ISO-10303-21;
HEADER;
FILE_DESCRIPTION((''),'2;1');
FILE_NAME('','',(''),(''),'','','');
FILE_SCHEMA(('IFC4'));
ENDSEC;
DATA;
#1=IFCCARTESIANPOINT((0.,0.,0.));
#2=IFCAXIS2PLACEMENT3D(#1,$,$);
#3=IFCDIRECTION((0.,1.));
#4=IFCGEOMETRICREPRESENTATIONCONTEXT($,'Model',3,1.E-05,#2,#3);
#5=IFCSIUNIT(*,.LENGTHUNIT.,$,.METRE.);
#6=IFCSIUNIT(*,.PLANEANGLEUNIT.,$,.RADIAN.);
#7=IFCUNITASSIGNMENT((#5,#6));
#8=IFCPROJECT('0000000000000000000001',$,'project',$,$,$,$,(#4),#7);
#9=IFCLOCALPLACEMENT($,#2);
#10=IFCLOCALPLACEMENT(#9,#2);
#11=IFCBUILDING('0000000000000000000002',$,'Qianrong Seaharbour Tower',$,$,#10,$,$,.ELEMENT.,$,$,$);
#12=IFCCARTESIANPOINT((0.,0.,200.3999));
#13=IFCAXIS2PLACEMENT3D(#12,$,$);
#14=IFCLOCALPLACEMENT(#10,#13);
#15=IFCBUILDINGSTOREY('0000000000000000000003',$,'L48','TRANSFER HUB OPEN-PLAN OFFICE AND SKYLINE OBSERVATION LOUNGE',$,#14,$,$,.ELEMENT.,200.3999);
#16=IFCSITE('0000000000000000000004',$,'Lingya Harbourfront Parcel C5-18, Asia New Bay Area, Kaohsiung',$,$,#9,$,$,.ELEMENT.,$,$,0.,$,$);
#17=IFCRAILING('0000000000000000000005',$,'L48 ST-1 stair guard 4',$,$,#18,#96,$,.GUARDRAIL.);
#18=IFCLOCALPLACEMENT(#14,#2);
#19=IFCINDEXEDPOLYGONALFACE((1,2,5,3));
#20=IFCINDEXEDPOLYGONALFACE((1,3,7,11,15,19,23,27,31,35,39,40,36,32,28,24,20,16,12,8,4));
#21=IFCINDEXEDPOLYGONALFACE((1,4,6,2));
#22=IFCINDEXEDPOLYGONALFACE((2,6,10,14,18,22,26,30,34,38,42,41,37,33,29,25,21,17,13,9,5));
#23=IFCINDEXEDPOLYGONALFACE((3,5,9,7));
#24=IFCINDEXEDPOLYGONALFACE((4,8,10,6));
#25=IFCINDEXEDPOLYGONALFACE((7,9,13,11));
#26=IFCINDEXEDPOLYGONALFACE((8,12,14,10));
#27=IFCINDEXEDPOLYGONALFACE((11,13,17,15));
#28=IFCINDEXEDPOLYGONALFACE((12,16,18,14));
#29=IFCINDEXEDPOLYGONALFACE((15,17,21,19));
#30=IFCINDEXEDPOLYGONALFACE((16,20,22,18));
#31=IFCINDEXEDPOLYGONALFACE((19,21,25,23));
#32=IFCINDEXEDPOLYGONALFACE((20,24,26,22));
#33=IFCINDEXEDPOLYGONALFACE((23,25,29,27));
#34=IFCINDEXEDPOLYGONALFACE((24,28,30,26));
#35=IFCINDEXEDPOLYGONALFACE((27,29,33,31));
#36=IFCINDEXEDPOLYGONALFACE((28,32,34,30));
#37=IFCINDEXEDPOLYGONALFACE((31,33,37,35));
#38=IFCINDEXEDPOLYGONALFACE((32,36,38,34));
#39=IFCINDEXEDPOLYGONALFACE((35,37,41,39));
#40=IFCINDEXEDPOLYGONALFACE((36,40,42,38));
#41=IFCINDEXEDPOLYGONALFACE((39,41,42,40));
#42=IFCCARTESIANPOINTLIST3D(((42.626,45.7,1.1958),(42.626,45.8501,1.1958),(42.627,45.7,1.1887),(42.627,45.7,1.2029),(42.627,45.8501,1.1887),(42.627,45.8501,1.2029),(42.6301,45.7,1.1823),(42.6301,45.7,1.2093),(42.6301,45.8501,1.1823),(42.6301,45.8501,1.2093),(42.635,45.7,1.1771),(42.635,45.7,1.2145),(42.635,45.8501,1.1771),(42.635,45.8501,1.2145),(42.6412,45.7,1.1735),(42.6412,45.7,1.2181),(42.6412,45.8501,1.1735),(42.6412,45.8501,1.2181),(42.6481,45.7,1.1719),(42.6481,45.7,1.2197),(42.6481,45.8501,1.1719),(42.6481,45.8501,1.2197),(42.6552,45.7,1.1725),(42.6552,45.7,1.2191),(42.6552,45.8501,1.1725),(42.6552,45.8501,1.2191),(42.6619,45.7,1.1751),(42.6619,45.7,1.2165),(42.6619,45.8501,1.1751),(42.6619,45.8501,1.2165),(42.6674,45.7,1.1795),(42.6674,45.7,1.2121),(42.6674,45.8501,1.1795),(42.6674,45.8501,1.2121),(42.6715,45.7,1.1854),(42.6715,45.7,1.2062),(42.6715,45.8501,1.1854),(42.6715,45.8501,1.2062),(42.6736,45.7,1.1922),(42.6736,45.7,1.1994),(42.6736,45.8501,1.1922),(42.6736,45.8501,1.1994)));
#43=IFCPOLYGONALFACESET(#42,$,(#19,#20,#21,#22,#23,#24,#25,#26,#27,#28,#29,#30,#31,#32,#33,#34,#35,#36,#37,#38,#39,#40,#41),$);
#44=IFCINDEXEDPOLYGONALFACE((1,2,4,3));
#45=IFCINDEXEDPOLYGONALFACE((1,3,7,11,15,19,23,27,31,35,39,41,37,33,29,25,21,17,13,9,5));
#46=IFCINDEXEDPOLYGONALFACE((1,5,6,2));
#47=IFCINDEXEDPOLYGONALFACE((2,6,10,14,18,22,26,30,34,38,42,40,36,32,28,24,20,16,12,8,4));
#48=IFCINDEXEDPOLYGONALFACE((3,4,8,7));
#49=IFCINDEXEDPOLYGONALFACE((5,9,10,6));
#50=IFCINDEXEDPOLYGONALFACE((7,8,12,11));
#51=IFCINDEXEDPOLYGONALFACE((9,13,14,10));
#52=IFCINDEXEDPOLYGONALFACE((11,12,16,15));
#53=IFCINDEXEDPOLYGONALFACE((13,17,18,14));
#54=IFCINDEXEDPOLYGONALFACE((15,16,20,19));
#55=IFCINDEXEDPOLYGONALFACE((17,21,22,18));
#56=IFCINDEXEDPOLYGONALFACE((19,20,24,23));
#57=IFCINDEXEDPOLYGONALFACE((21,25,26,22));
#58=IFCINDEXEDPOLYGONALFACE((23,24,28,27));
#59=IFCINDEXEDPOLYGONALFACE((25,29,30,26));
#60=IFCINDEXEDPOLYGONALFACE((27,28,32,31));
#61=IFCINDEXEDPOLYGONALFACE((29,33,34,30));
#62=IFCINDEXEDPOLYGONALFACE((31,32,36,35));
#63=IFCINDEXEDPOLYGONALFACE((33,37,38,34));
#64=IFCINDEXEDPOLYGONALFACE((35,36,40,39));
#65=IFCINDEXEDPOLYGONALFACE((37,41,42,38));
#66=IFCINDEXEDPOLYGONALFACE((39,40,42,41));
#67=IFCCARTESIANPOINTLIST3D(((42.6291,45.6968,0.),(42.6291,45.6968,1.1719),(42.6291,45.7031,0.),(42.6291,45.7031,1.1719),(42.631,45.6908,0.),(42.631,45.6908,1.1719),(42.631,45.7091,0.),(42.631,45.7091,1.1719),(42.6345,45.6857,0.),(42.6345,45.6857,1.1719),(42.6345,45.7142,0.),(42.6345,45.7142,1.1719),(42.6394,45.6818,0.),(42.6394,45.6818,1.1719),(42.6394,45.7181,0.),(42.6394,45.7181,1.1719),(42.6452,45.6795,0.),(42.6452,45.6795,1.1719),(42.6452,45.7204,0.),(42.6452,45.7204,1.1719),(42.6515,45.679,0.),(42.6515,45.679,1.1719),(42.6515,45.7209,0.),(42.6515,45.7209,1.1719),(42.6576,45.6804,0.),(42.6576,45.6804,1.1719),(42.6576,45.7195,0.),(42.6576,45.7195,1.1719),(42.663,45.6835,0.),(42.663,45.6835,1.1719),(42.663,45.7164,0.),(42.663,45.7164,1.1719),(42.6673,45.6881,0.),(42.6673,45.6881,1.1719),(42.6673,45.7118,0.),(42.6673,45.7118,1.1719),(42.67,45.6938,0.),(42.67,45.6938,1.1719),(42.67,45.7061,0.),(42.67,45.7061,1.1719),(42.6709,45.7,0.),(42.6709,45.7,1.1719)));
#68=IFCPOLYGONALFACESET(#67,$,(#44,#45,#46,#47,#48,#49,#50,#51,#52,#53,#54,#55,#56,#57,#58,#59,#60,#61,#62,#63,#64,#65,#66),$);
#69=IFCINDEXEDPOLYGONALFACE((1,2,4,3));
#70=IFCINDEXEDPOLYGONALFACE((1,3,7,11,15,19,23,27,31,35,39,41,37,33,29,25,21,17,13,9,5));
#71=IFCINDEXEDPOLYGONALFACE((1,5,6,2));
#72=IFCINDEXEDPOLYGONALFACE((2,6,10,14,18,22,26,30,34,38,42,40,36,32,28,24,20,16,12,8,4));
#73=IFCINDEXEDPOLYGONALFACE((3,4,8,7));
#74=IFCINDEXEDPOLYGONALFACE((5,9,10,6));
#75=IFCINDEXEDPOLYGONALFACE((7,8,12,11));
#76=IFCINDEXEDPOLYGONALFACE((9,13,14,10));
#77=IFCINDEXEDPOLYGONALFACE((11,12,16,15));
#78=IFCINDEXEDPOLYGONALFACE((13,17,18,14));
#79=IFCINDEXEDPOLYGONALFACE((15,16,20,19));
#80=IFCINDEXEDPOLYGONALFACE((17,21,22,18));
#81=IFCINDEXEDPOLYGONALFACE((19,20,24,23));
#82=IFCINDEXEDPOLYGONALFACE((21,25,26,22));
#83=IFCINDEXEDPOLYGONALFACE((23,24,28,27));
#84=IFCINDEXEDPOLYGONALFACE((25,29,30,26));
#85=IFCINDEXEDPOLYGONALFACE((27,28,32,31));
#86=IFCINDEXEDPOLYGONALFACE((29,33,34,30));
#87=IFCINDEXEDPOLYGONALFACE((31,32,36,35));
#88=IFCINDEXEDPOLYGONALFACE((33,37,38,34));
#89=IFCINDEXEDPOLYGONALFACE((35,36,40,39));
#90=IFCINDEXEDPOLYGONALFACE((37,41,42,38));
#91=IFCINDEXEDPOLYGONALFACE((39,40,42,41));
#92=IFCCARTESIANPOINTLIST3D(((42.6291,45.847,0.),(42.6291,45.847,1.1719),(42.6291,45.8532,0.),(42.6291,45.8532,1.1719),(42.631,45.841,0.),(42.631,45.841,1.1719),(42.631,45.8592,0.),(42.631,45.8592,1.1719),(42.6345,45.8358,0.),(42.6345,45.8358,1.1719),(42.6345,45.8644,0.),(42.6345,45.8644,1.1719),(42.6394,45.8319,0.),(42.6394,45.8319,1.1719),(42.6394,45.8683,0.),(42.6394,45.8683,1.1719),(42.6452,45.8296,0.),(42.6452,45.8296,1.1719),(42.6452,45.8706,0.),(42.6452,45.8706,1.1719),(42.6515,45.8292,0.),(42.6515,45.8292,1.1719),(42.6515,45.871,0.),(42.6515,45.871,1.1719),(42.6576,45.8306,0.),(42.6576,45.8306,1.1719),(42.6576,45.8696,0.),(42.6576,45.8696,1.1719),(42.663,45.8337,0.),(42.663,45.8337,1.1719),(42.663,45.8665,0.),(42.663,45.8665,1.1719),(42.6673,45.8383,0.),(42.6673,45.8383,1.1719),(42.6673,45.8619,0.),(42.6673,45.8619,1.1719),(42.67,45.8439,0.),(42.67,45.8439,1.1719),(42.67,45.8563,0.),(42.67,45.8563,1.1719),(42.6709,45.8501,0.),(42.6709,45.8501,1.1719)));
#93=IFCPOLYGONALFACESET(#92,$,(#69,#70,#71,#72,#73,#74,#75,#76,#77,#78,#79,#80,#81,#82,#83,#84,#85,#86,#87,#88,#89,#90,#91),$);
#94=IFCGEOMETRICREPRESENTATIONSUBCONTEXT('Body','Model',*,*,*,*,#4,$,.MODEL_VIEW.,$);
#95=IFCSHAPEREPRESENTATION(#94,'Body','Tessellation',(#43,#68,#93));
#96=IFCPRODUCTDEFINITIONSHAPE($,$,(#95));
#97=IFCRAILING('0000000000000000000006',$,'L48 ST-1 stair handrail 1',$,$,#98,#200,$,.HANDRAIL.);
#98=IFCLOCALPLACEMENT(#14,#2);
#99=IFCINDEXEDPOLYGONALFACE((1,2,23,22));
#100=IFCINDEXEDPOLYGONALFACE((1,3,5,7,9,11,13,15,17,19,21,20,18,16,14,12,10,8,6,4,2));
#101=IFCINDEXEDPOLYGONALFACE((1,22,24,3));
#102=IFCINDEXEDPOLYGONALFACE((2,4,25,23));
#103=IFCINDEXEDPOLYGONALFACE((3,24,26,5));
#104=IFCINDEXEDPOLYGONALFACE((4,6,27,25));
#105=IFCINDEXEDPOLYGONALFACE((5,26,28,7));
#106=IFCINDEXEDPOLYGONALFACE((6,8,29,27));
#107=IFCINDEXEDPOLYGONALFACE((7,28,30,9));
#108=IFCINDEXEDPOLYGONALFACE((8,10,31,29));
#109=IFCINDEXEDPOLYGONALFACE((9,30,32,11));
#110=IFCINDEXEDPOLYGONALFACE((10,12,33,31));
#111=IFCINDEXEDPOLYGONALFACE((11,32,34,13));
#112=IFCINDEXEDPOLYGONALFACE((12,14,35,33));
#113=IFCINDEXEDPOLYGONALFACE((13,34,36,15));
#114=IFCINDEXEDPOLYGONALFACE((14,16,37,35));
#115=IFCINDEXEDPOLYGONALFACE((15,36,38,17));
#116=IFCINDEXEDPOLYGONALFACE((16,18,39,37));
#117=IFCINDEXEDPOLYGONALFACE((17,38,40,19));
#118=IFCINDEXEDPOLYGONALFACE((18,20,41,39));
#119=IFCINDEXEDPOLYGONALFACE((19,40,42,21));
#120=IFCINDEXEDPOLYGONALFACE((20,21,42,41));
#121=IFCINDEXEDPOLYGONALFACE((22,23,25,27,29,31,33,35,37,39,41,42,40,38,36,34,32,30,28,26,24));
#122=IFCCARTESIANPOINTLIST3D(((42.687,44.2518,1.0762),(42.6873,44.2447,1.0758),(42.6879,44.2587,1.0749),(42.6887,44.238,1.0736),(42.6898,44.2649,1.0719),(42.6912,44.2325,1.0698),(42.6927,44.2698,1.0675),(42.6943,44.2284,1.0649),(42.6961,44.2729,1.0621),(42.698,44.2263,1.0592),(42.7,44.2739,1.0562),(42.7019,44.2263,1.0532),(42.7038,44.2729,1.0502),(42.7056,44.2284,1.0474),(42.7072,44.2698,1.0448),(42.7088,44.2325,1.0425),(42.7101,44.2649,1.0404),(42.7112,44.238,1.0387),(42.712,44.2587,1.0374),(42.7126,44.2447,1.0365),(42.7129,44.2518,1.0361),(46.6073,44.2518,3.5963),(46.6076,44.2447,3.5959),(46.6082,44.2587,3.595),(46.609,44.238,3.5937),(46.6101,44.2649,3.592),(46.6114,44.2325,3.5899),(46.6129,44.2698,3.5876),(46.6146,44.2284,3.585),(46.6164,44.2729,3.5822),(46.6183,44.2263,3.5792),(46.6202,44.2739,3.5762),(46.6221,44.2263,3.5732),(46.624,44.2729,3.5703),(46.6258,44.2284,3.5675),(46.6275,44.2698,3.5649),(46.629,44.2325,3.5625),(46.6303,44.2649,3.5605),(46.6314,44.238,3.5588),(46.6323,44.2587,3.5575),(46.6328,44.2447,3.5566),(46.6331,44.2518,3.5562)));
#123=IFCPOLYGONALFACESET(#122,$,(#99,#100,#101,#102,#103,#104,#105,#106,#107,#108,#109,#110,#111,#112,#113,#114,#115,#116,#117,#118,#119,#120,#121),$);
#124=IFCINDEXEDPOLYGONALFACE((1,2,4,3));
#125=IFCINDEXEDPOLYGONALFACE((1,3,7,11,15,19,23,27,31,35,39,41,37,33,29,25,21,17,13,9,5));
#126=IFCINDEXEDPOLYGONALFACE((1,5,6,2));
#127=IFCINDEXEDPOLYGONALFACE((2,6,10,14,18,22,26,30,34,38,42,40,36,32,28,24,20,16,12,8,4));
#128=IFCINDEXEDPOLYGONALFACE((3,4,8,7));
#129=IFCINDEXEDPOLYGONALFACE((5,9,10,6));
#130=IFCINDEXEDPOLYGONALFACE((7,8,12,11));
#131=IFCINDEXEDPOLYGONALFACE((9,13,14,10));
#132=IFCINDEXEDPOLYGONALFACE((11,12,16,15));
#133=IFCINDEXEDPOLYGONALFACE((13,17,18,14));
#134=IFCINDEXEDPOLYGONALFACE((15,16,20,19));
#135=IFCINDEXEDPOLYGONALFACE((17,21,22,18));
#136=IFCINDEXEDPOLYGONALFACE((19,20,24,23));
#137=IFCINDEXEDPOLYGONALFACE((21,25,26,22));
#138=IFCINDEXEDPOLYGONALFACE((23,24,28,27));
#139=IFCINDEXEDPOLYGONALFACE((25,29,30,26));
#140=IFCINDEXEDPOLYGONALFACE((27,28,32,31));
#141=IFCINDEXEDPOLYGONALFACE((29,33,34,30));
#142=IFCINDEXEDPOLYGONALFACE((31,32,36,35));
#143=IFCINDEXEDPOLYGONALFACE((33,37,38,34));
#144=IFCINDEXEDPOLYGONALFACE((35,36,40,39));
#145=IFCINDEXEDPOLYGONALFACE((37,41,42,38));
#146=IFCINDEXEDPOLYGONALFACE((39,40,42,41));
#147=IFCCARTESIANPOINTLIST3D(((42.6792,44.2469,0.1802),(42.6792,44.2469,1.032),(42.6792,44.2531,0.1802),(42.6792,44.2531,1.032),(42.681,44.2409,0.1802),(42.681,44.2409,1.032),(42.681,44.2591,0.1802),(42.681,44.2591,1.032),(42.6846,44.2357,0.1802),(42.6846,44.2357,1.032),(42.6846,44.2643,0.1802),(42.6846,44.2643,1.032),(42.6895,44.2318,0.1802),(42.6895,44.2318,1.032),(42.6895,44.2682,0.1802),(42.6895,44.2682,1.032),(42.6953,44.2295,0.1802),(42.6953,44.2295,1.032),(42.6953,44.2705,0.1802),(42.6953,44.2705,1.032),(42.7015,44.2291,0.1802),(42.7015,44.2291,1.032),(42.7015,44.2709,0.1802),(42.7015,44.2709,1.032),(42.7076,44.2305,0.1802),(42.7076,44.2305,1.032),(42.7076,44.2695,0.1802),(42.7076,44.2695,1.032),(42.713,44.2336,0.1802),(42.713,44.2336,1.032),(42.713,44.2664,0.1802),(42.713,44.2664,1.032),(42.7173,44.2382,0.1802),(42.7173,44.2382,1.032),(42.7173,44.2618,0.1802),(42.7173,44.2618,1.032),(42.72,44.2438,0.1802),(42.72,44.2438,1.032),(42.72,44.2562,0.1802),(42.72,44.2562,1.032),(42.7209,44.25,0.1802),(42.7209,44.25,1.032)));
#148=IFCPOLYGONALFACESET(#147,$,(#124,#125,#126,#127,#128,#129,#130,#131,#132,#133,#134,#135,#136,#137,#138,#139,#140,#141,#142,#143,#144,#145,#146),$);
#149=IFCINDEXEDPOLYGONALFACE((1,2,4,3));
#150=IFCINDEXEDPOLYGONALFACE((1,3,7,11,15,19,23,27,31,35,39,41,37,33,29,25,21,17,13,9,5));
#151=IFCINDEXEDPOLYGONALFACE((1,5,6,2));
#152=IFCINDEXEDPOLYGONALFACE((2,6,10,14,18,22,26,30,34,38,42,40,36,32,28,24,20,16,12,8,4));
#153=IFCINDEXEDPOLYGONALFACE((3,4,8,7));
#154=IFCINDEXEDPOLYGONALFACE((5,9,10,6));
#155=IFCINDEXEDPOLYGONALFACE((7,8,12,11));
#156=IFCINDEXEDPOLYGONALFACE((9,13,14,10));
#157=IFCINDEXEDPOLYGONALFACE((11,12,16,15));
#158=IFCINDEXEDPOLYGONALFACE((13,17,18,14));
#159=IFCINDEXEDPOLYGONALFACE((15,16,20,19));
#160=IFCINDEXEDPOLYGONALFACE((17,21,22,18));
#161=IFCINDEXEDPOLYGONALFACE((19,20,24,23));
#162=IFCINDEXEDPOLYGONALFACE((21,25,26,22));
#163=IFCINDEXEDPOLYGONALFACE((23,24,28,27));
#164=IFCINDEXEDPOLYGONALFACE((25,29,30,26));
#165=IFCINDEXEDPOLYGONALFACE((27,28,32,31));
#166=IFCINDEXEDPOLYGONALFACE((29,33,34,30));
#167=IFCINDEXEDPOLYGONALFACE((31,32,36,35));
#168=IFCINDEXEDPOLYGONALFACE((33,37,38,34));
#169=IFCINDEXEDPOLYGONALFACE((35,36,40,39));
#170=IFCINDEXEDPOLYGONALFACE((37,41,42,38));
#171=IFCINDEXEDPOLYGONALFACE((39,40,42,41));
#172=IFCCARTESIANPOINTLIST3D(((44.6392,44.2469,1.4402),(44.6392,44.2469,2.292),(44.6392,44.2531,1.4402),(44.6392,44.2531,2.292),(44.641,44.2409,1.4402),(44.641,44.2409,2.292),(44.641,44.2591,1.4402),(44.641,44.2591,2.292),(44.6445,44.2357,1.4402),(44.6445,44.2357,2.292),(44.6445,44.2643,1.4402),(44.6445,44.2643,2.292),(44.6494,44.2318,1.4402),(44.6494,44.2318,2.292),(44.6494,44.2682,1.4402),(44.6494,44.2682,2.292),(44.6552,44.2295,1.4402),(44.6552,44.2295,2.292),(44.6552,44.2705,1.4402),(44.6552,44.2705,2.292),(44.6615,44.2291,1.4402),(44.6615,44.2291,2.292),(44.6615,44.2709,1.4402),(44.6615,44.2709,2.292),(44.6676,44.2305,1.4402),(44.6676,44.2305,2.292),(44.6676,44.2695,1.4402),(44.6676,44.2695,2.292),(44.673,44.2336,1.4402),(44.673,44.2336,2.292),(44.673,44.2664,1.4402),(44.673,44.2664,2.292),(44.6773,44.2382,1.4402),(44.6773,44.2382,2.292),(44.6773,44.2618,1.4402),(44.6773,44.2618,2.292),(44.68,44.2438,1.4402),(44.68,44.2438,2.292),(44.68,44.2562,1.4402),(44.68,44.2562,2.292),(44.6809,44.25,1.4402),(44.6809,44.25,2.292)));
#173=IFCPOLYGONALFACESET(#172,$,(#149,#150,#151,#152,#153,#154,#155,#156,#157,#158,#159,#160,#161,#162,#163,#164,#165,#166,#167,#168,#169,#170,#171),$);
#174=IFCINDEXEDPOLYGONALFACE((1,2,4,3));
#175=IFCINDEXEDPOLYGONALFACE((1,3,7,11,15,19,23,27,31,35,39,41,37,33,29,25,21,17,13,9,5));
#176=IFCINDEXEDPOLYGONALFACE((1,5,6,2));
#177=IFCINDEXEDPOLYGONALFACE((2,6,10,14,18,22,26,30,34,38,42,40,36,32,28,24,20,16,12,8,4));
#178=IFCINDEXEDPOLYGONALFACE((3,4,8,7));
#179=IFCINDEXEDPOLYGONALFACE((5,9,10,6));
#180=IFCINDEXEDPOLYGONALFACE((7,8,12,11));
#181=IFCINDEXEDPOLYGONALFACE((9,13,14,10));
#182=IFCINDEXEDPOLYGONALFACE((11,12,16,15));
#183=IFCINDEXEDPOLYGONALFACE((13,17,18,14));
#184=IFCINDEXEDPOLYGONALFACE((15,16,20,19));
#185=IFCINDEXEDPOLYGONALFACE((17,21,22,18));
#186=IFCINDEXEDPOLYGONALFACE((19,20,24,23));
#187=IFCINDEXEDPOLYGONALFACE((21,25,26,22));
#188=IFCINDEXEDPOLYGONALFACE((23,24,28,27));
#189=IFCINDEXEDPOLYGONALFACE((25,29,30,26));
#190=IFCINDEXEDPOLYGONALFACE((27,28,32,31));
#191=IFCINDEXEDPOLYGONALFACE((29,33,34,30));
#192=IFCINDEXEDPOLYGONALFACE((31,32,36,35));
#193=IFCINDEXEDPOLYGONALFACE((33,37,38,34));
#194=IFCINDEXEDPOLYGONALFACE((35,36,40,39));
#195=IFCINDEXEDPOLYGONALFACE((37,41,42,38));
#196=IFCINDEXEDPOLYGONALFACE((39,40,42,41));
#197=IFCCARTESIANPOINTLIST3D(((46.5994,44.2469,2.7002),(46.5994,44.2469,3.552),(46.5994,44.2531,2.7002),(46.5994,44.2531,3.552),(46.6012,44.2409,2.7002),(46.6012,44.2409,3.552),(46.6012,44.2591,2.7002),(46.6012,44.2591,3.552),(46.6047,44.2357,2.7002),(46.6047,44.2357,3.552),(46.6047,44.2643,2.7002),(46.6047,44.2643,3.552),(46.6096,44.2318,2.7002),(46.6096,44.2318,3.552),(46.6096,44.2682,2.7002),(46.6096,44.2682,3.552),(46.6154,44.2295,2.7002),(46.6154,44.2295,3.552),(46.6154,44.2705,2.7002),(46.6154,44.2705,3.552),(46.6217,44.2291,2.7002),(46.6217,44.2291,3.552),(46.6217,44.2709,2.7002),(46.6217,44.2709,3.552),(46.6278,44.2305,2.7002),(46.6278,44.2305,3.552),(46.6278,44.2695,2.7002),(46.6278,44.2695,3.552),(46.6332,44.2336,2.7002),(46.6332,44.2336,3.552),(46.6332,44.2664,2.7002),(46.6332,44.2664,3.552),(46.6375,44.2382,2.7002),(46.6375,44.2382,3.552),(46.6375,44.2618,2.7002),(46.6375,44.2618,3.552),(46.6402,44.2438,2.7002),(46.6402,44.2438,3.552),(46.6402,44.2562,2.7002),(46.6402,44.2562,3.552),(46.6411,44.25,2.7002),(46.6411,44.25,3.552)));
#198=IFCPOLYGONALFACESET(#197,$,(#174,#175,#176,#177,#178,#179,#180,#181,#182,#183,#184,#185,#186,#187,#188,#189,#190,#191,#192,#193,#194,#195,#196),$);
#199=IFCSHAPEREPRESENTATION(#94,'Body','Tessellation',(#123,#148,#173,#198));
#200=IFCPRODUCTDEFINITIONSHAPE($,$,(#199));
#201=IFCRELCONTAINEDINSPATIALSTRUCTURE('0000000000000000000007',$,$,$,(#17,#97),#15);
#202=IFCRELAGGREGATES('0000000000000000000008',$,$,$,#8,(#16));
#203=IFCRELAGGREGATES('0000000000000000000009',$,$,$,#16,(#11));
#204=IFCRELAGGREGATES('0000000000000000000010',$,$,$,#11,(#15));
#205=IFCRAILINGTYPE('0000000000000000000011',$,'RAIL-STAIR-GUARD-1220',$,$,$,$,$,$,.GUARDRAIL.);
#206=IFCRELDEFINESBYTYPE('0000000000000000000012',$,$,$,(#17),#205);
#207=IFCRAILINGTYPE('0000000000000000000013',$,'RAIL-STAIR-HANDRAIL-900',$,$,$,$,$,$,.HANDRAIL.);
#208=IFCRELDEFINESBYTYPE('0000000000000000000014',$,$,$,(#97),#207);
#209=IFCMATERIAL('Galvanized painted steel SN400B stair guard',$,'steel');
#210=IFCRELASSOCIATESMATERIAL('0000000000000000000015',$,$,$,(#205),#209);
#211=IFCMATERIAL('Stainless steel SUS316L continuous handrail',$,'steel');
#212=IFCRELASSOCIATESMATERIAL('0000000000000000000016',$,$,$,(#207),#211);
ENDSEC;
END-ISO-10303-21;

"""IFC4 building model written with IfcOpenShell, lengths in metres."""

from ifc_helpers import new_model, si_unit, direction, frame, origin, origin_2d, place, context, subcontext, project, spatial, circle, extrude, material, type_object, element, save


model = new_model("IFC4")

# Units and contexts
model_context = context("Model", 3, precision=1e-05, world=origin(), true_north=direction((0.0, 1.0)))
body_context = subcontext(model_context, "Body", "Model", "MODEL_VIEW")
ifc_project = project(units=[si_unit("LENGTHUNIT", "METRE"), si_unit("PLANEANGLEUNIT", "RADIAN")], contexts=[model_context])

# Site, building, storey
site_placement = place(None, origin())
site = spatial("IfcSite", under=ifc_project, at=site_placement, Name="Lingya Harbourfront Parcel C5-18, Asia New Bay Area, Kaohsiung", CompositionType="ELEMENT", RefElevation=0.0)
building_placement = place(site_placement, origin())
building = spatial("IfcBuilding", under=site, at=building_placement, Name="Qianrong Seaharbour Tower", CompositionType="ELEMENT")
storey_placement = place(building_placement, frame((0.0, 0.0, 200.3999)))
storey = spatial("IfcBuildingStorey", under=building, at=storey_placement, Name="L48", Description="TRANSFER HUB OPEN-PLAN OFFICE AND SKYLINE OBSERVATION LOUNGE", CompositionType="ELEMENT", Elevation=200.3999)

# Railings
ifc_material_1 = material(Name="Galvanized painted steel SN400B stair guard", Category="steel")
railing_type_1 = type_object("IfcRailingType", Name="RAIL-STAIR-GUARD-1220", PredefinedType="GUARDRAIL", material=ifc_material_1)
railing_1_placement = place(storey_placement, frame((42.6499, 45.7, 0.0)))
element("IfcRailing", 1, at=railing_1_placement, inside=storey, type_object=railing_type_1, Name="L48 ST-1 stair guard 4", PredefinedType="GUARDRAIL", context=body_context, shape_type="SweptSolid", body=[
    extrude(circle(Radius=0.0239, at=origin_2d()), frame((0.0, 0.0, 1.1958), z_axis=(0.0, 1.0, 0.0), x_axis=(-1.0, 0.0, 0.0)), (0.0, 0.0, 1.0), 0.1501),
    extrude(circle(Radius=0.021, at=origin_2d()), origin(), (0.0, 0.0, 1.0), 1.1719),
    extrude(circle(Radius=0.021, at=origin_2d()), frame((0.0, 0.1501, 0.0)), (0.0, 0.0, 1.0), 1.1719),
])
ifc_material_2 = material(Name="Stainless steel SUS316L continuous handrail", Category="steel")
railing_type_2 = type_object("IfcRailingType", Name="RAIL-STAIR-HANDRAIL-900", PredefinedType="HANDRAIL", material=ifc_material_2)
railing_2_placement = place(storey_placement, frame((42.7, 44.25, 0.1802)))
element("IfcRailing", 2, at=railing_2_placement, inside=storey, type_object=railing_type_2, Name="L48 ST-1 stair handrail 1", PredefinedType="HANDRAIL", context=body_context, shape_type="SweptSolid", body=[
    extrude(circle(Radius=0.0239, at=origin_2d()), frame((0.0, 0.0, 0.876), z_axis=(0.841187, 0.0, 0.540744), x_axis=(0.0, 1.0, 0.0)), (0.0, 0.0, 1.0), 4.6604),
    extrude(circle(Radius=0.021, at=origin_2d()), origin(), (0.0, 0.0, 1.0), 0.8518),
    extrude(circle(Radius=0.021, at=origin_2d()), frame((1.96, 0.0, 1.26)), (0.0, 0.0, 1.0), 0.8518),
    extrude(circle(Radius=0.021, at=origin_2d()), frame((3.9202, 0.0, 2.52)), (0.0, 0.0, 1.0), 0.8518),
])

save(model, "model.ifc")
